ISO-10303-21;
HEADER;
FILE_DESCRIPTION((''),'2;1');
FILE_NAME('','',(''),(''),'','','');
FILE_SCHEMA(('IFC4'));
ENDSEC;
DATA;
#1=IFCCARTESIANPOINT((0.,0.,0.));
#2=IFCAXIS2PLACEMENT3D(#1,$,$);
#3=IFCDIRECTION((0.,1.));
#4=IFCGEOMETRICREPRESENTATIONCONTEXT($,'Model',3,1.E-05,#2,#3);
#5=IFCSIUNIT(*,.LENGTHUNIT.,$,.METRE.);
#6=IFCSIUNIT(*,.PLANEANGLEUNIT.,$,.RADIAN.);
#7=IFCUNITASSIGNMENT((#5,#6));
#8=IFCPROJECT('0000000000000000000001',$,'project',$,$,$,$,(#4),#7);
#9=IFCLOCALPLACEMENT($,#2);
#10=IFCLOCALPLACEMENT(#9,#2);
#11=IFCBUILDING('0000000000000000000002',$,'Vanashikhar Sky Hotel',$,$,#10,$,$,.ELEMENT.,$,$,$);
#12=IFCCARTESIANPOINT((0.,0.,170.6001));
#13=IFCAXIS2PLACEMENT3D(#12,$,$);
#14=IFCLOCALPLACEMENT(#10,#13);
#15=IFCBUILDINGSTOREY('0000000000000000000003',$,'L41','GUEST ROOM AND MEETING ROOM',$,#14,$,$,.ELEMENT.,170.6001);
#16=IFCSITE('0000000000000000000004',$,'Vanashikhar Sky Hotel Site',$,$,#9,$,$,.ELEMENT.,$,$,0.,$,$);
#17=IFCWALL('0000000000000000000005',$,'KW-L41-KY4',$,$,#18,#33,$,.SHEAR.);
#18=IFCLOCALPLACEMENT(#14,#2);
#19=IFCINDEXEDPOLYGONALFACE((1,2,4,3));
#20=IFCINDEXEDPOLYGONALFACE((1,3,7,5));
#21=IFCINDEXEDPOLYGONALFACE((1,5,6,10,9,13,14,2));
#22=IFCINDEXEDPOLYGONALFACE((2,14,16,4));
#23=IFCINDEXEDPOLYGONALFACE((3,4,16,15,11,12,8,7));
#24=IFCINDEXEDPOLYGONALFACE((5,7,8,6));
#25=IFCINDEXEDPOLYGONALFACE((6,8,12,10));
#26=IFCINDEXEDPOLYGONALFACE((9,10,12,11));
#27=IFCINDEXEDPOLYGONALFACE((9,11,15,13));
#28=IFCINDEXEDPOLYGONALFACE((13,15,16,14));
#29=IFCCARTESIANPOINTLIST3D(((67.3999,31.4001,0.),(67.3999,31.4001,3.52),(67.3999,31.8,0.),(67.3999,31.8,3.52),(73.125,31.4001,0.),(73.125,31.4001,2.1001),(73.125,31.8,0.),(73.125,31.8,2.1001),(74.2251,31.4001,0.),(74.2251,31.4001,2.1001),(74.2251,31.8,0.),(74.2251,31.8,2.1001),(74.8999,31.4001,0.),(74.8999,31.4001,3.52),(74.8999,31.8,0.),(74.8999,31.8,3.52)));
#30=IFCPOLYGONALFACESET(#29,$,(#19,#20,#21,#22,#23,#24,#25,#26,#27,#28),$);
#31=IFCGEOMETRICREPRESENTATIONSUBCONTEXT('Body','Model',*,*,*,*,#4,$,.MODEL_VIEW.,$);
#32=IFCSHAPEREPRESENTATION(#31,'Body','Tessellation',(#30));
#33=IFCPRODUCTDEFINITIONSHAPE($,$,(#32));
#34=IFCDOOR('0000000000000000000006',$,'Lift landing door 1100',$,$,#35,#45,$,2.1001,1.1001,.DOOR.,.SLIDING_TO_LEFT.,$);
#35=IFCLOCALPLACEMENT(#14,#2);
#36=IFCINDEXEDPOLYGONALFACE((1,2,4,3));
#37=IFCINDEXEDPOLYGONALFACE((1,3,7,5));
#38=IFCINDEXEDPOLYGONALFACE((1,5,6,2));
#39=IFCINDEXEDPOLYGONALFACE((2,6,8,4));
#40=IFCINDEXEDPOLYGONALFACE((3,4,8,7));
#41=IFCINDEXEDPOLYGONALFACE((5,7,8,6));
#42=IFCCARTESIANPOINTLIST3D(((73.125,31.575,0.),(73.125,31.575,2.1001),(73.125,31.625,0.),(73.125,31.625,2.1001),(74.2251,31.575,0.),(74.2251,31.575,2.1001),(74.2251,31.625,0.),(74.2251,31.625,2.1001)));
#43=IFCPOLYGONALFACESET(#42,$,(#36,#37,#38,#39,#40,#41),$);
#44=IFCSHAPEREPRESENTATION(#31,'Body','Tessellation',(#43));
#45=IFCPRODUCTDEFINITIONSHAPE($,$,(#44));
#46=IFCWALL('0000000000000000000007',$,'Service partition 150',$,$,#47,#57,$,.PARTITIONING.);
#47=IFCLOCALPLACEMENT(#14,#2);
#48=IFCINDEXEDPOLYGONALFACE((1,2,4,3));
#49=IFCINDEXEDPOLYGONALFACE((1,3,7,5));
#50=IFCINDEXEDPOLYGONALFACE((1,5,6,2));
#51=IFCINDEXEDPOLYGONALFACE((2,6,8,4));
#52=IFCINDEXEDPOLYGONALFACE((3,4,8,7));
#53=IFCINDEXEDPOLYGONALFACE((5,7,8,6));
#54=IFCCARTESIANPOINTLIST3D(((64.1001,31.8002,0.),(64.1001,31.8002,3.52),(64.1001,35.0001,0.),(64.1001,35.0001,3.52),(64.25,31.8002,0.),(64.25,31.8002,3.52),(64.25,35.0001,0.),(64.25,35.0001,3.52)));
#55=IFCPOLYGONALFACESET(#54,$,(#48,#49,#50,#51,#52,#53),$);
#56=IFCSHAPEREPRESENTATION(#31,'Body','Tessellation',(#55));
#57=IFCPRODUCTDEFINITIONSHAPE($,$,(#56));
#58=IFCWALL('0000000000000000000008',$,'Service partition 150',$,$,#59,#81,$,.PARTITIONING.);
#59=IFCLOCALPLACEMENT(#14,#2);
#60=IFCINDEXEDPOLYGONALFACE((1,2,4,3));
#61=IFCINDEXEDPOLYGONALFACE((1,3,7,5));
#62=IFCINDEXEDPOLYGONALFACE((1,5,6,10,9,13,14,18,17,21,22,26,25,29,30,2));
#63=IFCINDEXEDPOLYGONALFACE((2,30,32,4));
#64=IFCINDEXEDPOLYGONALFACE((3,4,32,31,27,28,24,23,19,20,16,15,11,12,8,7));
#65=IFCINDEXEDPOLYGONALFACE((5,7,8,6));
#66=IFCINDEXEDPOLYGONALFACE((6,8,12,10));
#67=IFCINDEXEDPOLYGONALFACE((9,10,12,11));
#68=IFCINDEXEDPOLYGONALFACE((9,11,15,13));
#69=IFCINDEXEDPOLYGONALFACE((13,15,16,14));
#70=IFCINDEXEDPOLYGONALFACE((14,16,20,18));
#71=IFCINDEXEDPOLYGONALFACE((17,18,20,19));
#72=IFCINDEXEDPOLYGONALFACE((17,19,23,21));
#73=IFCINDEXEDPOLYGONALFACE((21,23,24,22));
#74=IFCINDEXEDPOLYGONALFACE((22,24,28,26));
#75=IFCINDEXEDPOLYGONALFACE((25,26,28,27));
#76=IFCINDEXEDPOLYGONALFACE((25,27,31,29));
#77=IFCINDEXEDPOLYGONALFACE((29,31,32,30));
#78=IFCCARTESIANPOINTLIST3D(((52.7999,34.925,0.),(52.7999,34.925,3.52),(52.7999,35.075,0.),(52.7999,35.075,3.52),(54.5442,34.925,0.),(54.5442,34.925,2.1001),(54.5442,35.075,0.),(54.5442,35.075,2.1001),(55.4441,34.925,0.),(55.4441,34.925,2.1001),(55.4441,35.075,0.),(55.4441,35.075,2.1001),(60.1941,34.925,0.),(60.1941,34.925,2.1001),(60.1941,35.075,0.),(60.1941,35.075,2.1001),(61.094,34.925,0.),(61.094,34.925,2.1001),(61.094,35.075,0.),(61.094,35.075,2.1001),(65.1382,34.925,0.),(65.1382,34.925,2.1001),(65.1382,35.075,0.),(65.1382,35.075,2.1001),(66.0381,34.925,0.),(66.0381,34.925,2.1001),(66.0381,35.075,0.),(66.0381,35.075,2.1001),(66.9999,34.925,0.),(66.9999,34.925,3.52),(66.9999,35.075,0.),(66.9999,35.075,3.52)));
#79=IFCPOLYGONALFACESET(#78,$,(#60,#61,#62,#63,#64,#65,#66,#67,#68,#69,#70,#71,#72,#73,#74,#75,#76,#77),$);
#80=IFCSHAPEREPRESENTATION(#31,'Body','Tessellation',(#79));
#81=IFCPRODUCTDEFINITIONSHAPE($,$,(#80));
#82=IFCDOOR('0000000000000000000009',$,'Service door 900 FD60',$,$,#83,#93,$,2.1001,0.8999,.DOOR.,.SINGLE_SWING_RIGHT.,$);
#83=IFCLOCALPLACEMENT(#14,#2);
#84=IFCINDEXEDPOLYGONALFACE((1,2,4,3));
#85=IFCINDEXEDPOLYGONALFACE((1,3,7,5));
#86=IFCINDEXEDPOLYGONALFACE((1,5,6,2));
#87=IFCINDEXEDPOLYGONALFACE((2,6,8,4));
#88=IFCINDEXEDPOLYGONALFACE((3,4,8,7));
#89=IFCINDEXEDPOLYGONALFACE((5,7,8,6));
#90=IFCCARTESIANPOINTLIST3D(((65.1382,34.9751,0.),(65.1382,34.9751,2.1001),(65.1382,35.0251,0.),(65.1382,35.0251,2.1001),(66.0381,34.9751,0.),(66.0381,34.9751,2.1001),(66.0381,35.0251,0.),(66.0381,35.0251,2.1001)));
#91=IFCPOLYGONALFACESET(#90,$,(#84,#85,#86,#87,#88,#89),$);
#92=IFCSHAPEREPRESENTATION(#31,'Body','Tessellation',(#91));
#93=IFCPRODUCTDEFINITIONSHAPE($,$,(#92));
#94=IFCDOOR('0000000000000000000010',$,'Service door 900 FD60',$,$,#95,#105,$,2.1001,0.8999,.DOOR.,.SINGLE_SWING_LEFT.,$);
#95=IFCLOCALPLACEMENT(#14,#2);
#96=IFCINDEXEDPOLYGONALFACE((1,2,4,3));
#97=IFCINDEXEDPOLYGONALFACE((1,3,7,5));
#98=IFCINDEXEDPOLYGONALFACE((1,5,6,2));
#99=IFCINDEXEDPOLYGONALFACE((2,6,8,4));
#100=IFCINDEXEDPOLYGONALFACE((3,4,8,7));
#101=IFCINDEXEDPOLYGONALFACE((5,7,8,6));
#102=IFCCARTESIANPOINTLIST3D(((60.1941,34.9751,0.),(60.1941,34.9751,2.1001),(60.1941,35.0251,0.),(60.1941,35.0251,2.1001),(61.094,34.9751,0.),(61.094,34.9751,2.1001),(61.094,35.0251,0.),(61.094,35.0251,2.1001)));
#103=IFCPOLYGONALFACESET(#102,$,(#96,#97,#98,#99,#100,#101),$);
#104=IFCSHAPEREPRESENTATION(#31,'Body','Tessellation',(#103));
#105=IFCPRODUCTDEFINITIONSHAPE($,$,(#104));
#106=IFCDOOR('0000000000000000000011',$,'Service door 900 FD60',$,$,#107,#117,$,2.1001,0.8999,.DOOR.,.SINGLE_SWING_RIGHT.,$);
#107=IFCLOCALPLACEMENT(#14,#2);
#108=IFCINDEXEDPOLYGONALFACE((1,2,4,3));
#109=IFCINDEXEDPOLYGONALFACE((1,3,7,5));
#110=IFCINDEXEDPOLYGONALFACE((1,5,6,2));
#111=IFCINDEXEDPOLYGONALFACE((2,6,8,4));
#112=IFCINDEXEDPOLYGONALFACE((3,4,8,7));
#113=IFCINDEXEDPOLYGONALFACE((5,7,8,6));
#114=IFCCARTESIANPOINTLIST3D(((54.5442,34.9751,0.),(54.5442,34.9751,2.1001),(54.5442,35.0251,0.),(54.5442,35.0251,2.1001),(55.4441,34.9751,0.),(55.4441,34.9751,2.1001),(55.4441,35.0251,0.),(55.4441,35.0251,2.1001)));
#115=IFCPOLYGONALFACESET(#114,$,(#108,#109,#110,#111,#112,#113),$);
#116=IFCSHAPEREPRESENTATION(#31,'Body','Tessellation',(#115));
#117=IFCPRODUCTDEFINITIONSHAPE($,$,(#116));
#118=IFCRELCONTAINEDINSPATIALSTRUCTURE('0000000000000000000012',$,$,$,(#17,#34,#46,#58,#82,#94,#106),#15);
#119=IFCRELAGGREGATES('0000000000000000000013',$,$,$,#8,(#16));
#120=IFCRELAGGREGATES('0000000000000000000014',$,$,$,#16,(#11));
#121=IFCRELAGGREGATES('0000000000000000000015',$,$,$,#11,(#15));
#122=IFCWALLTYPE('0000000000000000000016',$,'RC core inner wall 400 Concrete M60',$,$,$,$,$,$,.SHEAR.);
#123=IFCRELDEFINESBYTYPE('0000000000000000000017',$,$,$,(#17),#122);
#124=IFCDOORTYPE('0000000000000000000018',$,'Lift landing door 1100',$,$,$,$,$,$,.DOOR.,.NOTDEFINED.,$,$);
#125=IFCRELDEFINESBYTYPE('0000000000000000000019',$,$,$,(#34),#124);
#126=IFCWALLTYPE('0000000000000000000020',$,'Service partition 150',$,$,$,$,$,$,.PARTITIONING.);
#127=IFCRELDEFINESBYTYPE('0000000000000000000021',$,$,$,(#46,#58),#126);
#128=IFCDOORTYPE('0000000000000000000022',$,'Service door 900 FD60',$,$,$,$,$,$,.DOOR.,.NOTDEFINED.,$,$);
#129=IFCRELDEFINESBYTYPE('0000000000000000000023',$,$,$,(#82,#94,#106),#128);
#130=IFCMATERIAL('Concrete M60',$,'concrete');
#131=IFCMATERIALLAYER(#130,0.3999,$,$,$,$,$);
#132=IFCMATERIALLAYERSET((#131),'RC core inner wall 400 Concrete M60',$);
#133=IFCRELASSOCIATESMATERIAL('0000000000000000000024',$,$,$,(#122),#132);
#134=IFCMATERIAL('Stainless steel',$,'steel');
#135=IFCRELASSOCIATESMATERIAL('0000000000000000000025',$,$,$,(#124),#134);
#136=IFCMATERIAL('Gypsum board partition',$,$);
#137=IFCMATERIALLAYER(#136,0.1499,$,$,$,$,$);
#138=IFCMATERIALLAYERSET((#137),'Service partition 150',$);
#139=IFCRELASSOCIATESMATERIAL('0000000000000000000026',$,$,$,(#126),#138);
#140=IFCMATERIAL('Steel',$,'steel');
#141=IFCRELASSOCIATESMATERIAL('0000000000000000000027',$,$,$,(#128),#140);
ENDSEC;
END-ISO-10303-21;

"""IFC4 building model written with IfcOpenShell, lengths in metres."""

from ifc_helpers import new_model, si_unit, direction, frame, frame_2d, origin, place, context, subcontext, project, spatial, rectangle, extrude, source, transform, mapped, material, layer, layer_set, type_object, element, fill, save


model = new_model("IFC4")

# Units and contexts
model_context = context("Model", 3, precision=1e-05, world=origin(), true_north=direction((0.0, 1.0)))
body_context = subcontext(model_context, "Body", "Model", "MODEL_VIEW")
ifc_project = project(units=[si_unit("LENGTHUNIT", "METRE"), si_unit("PLANEANGLEUNIT", "RADIAN")], contexts=[model_context])

# Site, building, storey
site_placement = place(None, origin())
site = spatial("IfcSite", under=ifc_project, at=site_placement, Name="Vanashikhar Sky Hotel Site", CompositionType="ELEMENT", RefElevation=0.0)
building_placement = place(site_placement, origin())
building = spatial("IfcBuilding", under=site, at=building_placement, Name="Vanashikhar Sky Hotel", CompositionType="ELEMENT")
storey_placement = place(building_placement, frame((0.0, 0.0, 170.6001)))
storey = spatial("IfcBuildingStorey", under=building, at=storey_placement, Name="L41", Description="GUEST ROOM AND MEETING ROOM", CompositionType="ELEMENT", Elevation=170.6001)

# Wall, opening, door
ifc_material_1 = material(Name="Concrete M60", Category="concrete")
ifc_layer_1 = layer(ifc_material_1, 0.3999)
ifc_layer_set_1 = layer_set([ifc_layer_1], Name="RC core inner wall 400 Concrete M60")
wall_type_1 = type_object("IfcWallType", Name="RC core inner wall 400 Concrete M60", PredefinedType="SHEAR", material=ifc_layer_set_1)
shared_shape_1 = source(origin(), body_context, "Body", "SweptSolid", [
    extrude(rectangle(XDim=7.5, YDim=0.3999, at=frame_2d((3.75, 0.0))), origin(), (0.0, 0.0, 1.0), 3.52),
])
wall_1_placement = place(storey_placement, frame((67.3999, 31.6001, 0.0), z_axis=(0.0, 0.0, 1.0), x_axis=(1.0, 0.0, 0.0)))
wall_1 = element("IfcWall", 1, at=wall_1_placement, inside=storey, type_object=wall_type_1, Name="KW-L41-KY4", PredefinedType="SHEAR", context=body_context, shape_type="MappedRepresentation", body=[
    mapped(shared_shape_1, transform((0.0, 0.0, 0.0), scale=1.0)),
])
shared_shape_2 = source(origin(), body_context, "Body", "SweptSolid", [
    extrude(rectangle(XDim=1.1001, YDim=2.1001, at=frame_2d((0.55, 1.05))), frame((0.0, 0.21, 0.0), z_axis=(0.0, -1.0, 0.0), x_axis=(1.0, 0.0, 0.0)), (0.0, 0.0, 1.0), 0.4199),
])
opening_1_placement = place(wall_1_placement, frame((5.7251, 0.0, 0.0)))
opening_1 = element("IfcOpeningElement", 2, at=opening_1_placement, cuts=wall_1, PredefinedType="OPENING", context=body_context, shape_type="MappedRepresentation", body=[
    mapped(shared_shape_2, transform((0.0, 0.0, 0.0), scale=1.0)),
])
ifc_material_2 = material(Name="Stainless steel", Category="steel")
door_type_1 = type_object("IfcDoorType", Name="Lift landing door 1100", OperationType="NOTDEFINED", PredefinedType="DOOR", material=ifc_material_2)
shared_shape_3 = source(origin(), body_context, "Body", "SweptSolid", [
    extrude(rectangle(XDim=1.1001, YDim=2.1001, at=frame_2d((0.55, 1.05))), frame((0.0, 0.0249, 0.0), z_axis=(0.0, -1.0, 0.0), x_axis=(1.0, 0.0, 0.0)), (0.0, 0.0, 1.0), 0.05),
])
door_1_placement = place(opening_1_placement, origin())
door_1 = element("IfcDoor", 3, at=door_1_placement, inside=storey, type_object=door_type_1, Name="Lift landing door 1100", OperationType="SLIDING_TO_LEFT", OverallHeight=2.1001, OverallWidth=1.1001, PredefinedType="DOOR", context=body_context, shape_type="MappedRepresentation", body=[
    mapped(shared_shape_3, transform((0.0, 0.0, 0.0), scale=1.0)),
])
fill(opening_1, door_1)

# Wall
ifc_material_3 = material(Name="Gypsum board partition")
ifc_layer_2 = layer(ifc_material_3, 0.1499)
ifc_layer_set_2 = layer_set([ifc_layer_2], Name="Service partition 150")
wall_type_2 = type_object("IfcWallType", Name="Service partition 150", PredefinedType="PARTITIONING", material=ifc_layer_set_2)
shared_shape_4 = source(origin(), body_context, "Body", "SweptSolid", [
    extrude(rectangle(XDim=3.2, YDim=0.1499, at=frame_2d((1.6001, 0.0))), origin(), (0.0, 0.0, 1.0), 3.52),
])
wall_2_placement = place(storey_placement, frame((64.175, 31.8, 0.0), z_axis=(0.0, 0.0, 1.0), x_axis=(0.0, 1.0, 0.0)))
element("IfcWall", 4, at=wall_2_placement, inside=storey, type_object=wall_type_2, Name="Service partition 150", PredefinedType="PARTITIONING", context=body_context, shape_type="MappedRepresentation", body=[
    mapped(shared_shape_4, transform((0.0, 0.0, 0.0), scale=1.0)),
])

# Wall, openings, doors
shared_shape_5 = source(origin(), body_context, "Body", "SweptSolid", [
    extrude(rectangle(XDim=14.2, YDim=0.1499, at=frame_2d((7.1001, 0.0))), origin(), (0.0, 0.0, 1.0), 3.52),
])
wall_3_placement = place(storey_placement, frame((67.0, 35.0, 0.0), z_axis=(0.0, 0.0, 1.0), x_axis=(-1.0, 0.0, 0.0)))
wall_3 = element("IfcWall", 5, at=wall_3_placement, inside=storey, type_object=wall_type_2, Name="Service partition 150", PredefinedType="PARTITIONING", context=body_context, shape_type="MappedRepresentation", body=[
    mapped(shared_shape_5, transform((0.0, 0.0, 0.0), scale=1.0)),
])
shared_shape_6 = source(origin(), body_context, "Body", "SweptSolid", [
    extrude(rectangle(XDim=0.8999, YDim=2.1001, at=frame_2d((0.45, 1.05))), frame((0.0, 0.085, 0.0), z_axis=(0.0, -1.0, 0.0), x_axis=(1.0, 0.0, 0.0)), (0.0, 0.0, 1.0), 0.1699),
])
opening_2_placement = place(wall_3_placement, frame((0.9619, 0.0, 0.0)))
opening_2 = element("IfcOpeningElement", 6, at=opening_2_placement, cuts=wall_3, PredefinedType="OPENING", context=body_context, shape_type="MappedRepresentation", body=[
    mapped(shared_shape_6, transform((0.0, 0.0, 0.0), scale=1.0)),
])
opening_3_placement = place(wall_3_placement, frame((5.906, 0.0, 0.0)))
opening_3 = element("IfcOpeningElement", 7, at=opening_3_placement, cuts=wall_3, PredefinedType="OPENING", context=body_context, shape_type="MappedRepresentation", body=[
    mapped(shared_shape_6, transform((0.0, 0.0, 0.0), scale=1.0)),
])
opening_4_placement = place(wall_3_placement, frame((11.5559, 0.0, 0.0)))
opening_4 = element("IfcOpeningElement", 8, at=opening_4_placement, cuts=wall_3, PredefinedType="OPENING", context=body_context, shape_type="MappedRepresentation", body=[
    mapped(shared_shape_6, transform((0.0, 0.0, 0.0), scale=1.0)),
])
ifc_material_4 = material(Name="Steel", Category="steel")
door_type_2 = type_object("IfcDoorType", Name="Service door 900 FD60", OperationType="NOTDEFINED", PredefinedType="DOOR", material=ifc_material_4)
shared_shape_7 = source(origin(), body_context, "Body", "SweptSolid", [
    extrude(rectangle(XDim=0.8999, YDim=2.1001, at=frame_2d((0.45, 1.05))), frame((0.0, 0.0249, 0.0), z_axis=(0.0, -1.0, 0.0), x_axis=(1.0, 0.0, 0.0)), (0.0, 0.0, 1.0), 0.05),
])
door_2_placement = place(opening_2_placement, origin())
door_2 = element("IfcDoor", 9, at=door_2_placement, inside=storey, type_object=door_type_2, Name="Service door 900 FD60", OperationType="SINGLE_SWING_RIGHT", OverallHeight=2.1001, OverallWidth=0.8999, PredefinedType="DOOR", context=body_context, shape_type="MappedRepresentation", body=[
    mapped(shared_shape_7, transform((0.0, 0.0, 0.0), scale=1.0)),
])
fill(opening_2, door_2)
door_3_placement = place(opening_3_placement, origin())
door_3 = element("IfcDoor", 10, at=door_3_placement, inside=storey, type_object=door_type_2, Name="Service door 900 FD60", OperationType="SINGLE_SWING_LEFT", OverallHeight=2.1001, OverallWidth=0.8999, PredefinedType="DOOR", context=body_context, shape_type="MappedRepresentation", body=[
    mapped(shared_shape_7, transform((0.0, 0.0, 0.0), scale=1.0)),
])
fill(opening_3, door_3)
door_4_placement = place(opening_4_placement, origin())
door_4 = element("IfcDoor", 11, at=door_4_placement, inside=storey, type_object=door_type_2, Name="Service door 900 FD60", OperationType="SINGLE_SWING_RIGHT", OverallHeight=2.1001, OverallWidth=0.8999, PredefinedType="DOOR", context=body_context, shape_type="MappedRepresentation", body=[
    mapped(shared_shape_7, transform((0.0, 0.0, 0.0), scale=1.0)),
])
fill(opening_4, door_4)

save(model, "model.ifc")
